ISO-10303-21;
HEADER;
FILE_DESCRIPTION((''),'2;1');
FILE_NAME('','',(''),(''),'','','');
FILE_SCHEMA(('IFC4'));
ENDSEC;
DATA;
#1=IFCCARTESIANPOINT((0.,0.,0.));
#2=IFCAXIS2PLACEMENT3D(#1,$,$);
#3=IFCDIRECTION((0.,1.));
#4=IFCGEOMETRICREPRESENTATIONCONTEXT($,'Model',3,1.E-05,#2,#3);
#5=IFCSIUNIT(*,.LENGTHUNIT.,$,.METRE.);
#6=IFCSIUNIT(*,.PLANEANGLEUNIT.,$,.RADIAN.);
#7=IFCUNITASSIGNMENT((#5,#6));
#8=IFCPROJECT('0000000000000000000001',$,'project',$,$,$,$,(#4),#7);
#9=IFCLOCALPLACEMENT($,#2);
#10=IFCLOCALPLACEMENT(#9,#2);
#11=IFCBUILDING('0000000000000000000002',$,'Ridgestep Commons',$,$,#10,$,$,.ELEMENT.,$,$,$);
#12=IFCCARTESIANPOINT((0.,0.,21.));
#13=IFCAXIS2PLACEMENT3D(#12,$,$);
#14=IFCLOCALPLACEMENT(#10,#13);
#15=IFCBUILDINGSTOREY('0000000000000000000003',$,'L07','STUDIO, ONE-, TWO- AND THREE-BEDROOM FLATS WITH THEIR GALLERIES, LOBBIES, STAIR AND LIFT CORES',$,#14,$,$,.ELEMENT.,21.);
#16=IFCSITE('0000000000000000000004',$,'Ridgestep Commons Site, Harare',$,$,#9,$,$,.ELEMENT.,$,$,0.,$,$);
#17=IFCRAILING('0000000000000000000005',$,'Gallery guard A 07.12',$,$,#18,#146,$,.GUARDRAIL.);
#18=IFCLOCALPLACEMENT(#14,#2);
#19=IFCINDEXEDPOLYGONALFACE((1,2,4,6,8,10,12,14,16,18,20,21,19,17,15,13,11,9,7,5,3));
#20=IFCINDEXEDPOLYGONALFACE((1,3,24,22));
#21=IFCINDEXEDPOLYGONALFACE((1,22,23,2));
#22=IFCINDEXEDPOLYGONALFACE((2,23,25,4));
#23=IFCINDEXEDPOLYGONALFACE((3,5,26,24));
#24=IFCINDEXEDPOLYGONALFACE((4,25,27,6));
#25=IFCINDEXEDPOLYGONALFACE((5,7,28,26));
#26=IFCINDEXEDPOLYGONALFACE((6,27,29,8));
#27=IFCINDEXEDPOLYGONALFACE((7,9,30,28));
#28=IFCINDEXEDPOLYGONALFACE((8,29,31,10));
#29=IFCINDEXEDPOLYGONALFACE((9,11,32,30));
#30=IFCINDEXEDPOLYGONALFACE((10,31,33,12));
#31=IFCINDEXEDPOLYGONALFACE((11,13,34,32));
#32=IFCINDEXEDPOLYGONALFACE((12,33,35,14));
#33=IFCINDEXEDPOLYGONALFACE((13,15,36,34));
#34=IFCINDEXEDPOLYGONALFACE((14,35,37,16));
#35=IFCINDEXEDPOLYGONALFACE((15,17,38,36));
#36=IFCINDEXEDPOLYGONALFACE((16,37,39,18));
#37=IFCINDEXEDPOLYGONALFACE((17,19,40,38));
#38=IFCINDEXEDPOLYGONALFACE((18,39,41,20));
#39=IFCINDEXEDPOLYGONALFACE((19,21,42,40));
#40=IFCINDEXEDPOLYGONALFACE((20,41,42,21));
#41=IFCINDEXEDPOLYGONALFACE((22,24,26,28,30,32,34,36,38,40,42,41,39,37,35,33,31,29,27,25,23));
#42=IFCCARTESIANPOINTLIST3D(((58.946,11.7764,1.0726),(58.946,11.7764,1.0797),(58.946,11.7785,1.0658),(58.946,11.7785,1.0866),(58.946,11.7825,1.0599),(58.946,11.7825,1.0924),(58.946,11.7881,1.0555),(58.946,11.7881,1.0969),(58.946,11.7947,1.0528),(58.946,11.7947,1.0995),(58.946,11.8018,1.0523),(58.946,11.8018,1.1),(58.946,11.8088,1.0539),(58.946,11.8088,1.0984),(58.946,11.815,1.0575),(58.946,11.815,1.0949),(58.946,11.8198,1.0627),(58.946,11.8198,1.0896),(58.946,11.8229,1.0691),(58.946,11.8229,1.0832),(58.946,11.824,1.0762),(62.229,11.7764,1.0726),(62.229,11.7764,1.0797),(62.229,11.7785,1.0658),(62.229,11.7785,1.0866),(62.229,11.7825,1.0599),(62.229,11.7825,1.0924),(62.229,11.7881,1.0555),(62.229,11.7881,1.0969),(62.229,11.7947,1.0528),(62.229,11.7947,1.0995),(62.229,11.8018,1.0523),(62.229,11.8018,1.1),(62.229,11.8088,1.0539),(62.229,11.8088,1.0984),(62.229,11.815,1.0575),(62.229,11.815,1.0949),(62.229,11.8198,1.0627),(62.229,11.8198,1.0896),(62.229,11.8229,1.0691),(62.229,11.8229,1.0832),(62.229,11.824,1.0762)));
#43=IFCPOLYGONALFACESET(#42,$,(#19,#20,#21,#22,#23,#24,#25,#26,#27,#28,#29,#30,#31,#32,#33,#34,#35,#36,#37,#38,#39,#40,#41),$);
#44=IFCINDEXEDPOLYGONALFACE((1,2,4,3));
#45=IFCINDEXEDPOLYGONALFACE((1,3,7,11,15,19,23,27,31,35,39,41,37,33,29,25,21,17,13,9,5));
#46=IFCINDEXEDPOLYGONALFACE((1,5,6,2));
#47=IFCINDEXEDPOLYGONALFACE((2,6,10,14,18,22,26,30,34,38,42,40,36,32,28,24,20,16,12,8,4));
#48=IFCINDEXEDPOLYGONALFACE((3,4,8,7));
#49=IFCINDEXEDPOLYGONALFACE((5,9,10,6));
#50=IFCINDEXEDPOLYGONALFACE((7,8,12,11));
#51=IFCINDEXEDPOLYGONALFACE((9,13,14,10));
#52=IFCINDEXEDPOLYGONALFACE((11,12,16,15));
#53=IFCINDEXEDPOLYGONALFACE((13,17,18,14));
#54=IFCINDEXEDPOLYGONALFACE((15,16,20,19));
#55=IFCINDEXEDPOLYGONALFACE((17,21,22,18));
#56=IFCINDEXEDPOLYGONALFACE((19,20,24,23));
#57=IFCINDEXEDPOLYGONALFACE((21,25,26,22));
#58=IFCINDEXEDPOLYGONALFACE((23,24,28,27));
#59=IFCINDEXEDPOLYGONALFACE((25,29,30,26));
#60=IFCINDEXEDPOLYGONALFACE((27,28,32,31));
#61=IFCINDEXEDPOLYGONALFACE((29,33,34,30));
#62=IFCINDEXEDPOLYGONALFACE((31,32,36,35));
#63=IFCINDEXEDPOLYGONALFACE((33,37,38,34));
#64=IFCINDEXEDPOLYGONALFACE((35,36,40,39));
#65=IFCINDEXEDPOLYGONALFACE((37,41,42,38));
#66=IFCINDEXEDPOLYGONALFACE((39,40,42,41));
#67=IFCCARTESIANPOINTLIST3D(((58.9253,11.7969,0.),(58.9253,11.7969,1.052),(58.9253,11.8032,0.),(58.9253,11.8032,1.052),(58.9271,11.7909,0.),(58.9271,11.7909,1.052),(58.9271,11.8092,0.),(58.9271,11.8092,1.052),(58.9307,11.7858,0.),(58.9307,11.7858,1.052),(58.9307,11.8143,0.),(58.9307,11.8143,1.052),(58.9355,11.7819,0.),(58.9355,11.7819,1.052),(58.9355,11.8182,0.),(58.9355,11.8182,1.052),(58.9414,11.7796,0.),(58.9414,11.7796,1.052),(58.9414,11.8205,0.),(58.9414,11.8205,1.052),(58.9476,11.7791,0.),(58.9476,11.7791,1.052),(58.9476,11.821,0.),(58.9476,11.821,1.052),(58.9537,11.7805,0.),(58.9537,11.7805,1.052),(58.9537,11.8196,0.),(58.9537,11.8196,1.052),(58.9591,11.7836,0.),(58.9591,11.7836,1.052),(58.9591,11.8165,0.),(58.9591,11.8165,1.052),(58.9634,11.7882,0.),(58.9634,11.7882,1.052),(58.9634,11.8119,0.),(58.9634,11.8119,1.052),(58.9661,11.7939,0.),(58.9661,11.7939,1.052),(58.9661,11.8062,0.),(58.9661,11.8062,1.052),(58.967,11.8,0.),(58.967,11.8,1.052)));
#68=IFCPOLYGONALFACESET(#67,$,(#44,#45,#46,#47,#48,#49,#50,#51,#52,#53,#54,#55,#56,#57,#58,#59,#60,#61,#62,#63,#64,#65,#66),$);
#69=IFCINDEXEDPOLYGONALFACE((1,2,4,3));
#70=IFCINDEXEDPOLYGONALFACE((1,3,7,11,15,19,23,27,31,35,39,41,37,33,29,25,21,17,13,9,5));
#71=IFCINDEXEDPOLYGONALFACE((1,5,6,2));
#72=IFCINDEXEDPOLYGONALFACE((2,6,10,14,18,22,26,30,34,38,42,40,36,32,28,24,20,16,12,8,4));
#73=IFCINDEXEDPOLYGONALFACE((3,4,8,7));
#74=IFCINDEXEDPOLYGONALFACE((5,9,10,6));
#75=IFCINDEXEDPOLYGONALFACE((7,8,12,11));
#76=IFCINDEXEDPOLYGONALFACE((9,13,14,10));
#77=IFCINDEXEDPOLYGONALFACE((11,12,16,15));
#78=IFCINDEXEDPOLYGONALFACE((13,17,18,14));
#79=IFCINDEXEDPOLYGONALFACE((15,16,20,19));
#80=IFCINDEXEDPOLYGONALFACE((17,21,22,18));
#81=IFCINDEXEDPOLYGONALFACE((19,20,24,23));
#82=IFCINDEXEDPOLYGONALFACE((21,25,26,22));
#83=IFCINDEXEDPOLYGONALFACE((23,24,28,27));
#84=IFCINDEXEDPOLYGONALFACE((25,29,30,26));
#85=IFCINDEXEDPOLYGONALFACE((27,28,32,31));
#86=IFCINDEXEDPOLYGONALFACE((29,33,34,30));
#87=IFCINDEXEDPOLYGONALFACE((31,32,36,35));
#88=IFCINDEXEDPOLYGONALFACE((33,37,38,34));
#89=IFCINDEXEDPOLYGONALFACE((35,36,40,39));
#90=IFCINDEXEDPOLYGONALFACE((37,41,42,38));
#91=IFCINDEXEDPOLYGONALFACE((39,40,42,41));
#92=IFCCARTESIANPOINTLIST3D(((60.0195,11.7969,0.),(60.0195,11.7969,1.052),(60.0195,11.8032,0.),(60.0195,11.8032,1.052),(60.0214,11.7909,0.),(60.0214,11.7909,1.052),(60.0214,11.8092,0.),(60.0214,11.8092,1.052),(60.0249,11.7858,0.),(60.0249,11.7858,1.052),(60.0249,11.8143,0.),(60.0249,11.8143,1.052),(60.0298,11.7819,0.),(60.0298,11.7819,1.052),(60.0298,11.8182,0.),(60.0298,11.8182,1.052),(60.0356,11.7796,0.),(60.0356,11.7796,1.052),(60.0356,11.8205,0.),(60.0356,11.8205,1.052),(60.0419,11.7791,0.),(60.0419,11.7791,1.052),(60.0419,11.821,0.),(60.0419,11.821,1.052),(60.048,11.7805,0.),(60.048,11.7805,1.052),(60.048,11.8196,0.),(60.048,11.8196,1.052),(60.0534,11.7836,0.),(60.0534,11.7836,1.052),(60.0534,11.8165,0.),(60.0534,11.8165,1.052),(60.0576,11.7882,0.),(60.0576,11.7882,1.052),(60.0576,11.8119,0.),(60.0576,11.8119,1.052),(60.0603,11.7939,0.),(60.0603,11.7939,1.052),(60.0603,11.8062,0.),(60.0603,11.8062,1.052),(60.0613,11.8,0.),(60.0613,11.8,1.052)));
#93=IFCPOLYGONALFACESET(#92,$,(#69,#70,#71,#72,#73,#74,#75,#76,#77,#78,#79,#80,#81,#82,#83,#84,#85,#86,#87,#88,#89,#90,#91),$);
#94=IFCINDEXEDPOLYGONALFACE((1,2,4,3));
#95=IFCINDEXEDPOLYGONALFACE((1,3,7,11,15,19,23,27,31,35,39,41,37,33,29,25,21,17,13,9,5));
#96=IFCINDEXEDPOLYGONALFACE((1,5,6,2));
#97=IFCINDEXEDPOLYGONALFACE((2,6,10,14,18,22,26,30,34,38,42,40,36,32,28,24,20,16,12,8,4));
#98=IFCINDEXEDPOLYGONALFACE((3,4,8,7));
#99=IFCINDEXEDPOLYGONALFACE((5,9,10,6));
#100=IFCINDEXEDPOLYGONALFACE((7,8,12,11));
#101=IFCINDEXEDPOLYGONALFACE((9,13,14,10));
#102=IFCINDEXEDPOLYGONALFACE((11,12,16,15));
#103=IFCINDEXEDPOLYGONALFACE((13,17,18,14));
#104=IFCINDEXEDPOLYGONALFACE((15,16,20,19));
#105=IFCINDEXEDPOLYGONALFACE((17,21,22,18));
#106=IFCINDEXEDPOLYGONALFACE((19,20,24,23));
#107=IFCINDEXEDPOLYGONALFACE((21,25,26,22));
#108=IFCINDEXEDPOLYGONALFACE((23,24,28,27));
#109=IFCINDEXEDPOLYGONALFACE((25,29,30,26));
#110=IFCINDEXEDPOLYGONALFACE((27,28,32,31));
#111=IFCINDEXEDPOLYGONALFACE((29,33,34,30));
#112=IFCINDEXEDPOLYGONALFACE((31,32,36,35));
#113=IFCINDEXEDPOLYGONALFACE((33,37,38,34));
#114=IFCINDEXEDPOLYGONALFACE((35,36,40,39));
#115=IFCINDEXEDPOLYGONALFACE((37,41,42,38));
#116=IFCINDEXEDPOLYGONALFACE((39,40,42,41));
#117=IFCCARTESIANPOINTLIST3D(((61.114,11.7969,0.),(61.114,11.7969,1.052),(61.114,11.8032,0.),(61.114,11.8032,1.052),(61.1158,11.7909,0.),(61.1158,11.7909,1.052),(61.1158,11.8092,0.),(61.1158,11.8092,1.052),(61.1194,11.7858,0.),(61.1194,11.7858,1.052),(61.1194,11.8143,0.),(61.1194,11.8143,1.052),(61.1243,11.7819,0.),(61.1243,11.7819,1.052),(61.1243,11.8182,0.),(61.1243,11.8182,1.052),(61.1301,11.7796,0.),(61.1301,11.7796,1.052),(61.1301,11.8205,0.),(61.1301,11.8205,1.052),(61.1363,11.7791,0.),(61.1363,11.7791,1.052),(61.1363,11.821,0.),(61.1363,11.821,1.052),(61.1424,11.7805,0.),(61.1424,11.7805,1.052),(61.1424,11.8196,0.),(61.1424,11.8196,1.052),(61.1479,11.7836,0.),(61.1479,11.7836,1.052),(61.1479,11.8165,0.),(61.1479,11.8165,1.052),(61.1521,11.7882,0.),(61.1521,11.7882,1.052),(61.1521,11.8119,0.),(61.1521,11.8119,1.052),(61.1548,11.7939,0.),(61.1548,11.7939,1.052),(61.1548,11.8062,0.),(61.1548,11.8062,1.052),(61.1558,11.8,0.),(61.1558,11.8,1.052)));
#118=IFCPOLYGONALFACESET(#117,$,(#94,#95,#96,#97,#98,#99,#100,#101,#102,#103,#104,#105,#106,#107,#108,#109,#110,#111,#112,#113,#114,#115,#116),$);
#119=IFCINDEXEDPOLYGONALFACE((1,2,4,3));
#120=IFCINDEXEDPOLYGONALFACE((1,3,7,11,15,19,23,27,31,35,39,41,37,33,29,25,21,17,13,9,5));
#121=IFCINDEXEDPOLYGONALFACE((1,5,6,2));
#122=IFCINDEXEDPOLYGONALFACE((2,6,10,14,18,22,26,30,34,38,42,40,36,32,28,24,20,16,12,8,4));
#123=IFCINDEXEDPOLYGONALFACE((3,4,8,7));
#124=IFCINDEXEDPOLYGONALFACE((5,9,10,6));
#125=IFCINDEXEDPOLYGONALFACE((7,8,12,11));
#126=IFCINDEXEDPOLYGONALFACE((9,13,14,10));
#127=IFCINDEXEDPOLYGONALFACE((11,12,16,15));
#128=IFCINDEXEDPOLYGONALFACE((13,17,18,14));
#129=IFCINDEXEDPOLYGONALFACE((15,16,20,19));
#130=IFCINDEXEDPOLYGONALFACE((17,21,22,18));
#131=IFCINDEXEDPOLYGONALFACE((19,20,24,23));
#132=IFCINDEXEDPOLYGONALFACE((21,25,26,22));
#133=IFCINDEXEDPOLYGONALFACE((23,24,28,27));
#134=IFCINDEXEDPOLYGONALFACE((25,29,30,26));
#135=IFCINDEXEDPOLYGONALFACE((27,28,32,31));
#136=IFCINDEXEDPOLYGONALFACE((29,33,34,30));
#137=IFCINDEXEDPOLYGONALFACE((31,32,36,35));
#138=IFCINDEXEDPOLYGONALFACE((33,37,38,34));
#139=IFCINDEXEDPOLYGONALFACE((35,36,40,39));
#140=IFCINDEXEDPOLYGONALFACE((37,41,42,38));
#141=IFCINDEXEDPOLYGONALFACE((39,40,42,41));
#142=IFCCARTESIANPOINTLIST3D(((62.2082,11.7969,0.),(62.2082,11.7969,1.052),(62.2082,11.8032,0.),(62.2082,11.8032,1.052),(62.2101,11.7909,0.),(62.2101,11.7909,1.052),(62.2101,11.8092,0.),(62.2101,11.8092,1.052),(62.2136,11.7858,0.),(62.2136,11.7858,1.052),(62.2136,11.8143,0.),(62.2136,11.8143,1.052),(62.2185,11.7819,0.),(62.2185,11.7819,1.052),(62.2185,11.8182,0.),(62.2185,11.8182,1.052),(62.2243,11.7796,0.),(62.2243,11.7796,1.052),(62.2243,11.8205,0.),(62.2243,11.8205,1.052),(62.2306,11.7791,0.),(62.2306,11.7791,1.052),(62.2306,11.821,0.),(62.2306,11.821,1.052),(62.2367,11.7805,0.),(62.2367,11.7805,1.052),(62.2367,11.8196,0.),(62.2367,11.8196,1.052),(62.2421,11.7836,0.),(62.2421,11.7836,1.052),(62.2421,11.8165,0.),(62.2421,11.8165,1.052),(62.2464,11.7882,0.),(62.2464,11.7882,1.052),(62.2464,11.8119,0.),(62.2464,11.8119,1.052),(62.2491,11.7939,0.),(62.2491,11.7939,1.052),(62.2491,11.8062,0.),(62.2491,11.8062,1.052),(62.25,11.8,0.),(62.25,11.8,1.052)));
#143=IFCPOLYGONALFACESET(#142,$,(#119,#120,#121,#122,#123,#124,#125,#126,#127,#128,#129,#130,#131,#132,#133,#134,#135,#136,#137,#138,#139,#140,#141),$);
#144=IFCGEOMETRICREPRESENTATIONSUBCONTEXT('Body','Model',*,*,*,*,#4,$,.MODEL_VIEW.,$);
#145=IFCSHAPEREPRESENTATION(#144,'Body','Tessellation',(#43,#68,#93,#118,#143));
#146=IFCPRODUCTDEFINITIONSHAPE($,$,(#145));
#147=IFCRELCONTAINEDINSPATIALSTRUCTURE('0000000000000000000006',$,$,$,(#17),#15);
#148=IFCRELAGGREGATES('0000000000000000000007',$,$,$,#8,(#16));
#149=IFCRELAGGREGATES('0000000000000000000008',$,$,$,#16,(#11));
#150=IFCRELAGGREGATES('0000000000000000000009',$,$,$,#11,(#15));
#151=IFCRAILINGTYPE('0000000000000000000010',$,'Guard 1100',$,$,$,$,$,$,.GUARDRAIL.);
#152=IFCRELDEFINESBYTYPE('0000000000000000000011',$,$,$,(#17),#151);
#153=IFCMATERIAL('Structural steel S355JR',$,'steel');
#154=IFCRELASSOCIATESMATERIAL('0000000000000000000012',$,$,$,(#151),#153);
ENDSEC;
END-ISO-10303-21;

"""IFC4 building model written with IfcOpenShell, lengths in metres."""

from ifc_helpers import new_model, si_unit, direction, frame, origin, origin_2d, place, context, subcontext, project, spatial, circle, extrude, material, type_object, element, save


model = new_model("IFC4")

# Units and contexts
model_context = context("Model", 3, precision=1e-05, world=origin(), true_north=direction((0.0, 1.0)))
body_context = subcontext(model_context, "Body", "Model", "MODEL_VIEW")
ifc_project = project(units=[si_unit("LENGTHUNIT", "METRE"), si_unit("PLANEANGLEUNIT", "RADIAN")], contexts=[model_context])

# Site, building, storey
site_placement = place(None, origin())
site = spatial("IfcSite", under=ifc_project, at=site_placement, Name="Ridgestep Commons Site, Harare", CompositionType="ELEMENT", RefElevation=0.0)
building_placement = place(site_placement, origin())
building = spatial("IfcBuilding", under=site, at=building_placement, Name="Ridgestep Commons", CompositionType="ELEMENT")
storey_placement = place(building_placement, frame((0.0, 0.0, 21.0)))
storey = spatial("IfcBuildingStorey", under=building, at=storey_placement, Name="L07", Description="STUDIO, ONE-, TWO- AND THREE-BEDROOM FLATS WITH THEIR GALLERIES, LOBBIES, STAIR AND LIFT CORES", CompositionType="ELEMENT", Elevation=21.0)

# Railing
ifc_material_1 = material(Name="Structural steel S355JR", Category="steel")
railing_type = type_object("IfcRailingType", Name="Guard 1100", PredefinedType="GUARDRAIL", material=ifc_material_1)
for number, where, name in (
    (1, (58.946, 11.8, 0.0), "Gallery guard A 07.12"),
):
    element("IfcRailing", number, at=place(storey_placement, frame(where)), inside=storey, type_object=railing_type, Name=name, PredefinedType="GUARDRAIL", context=body_context, shape_type="SweptSolid", body=[
        extrude(circle(Radius=0.0239, at=origin_2d()), frame((0.0, 0.0, 1.0762), z_axis=(1.0, 0.0, 0.0), x_axis=(0.0, 1.0, 0.0)), (0.0, 0.0, 1.0), 3.283),
        extrude(circle(Radius=0.021, at=origin_2d()), origin(), (0.0, 0.0, 1.0), 1.052),
        extrude(circle(Radius=0.021, at=origin_2d()), frame((1.0942, 0.0, 0.0)), (0.0, 0.0, 1.0), 1.052),
        extrude(circle(Radius=0.021, at=origin_2d()), frame((2.1887, 0.0, 0.0)), (0.0, 0.0, 1.0), 1.052),
        extrude(circle(Radius=0.021, at=origin_2d()), frame((3.283, 0.0, 0.0)), (0.0, 0.0, 1.0), 1.052),
    ])

save(model, "model.ifc")
